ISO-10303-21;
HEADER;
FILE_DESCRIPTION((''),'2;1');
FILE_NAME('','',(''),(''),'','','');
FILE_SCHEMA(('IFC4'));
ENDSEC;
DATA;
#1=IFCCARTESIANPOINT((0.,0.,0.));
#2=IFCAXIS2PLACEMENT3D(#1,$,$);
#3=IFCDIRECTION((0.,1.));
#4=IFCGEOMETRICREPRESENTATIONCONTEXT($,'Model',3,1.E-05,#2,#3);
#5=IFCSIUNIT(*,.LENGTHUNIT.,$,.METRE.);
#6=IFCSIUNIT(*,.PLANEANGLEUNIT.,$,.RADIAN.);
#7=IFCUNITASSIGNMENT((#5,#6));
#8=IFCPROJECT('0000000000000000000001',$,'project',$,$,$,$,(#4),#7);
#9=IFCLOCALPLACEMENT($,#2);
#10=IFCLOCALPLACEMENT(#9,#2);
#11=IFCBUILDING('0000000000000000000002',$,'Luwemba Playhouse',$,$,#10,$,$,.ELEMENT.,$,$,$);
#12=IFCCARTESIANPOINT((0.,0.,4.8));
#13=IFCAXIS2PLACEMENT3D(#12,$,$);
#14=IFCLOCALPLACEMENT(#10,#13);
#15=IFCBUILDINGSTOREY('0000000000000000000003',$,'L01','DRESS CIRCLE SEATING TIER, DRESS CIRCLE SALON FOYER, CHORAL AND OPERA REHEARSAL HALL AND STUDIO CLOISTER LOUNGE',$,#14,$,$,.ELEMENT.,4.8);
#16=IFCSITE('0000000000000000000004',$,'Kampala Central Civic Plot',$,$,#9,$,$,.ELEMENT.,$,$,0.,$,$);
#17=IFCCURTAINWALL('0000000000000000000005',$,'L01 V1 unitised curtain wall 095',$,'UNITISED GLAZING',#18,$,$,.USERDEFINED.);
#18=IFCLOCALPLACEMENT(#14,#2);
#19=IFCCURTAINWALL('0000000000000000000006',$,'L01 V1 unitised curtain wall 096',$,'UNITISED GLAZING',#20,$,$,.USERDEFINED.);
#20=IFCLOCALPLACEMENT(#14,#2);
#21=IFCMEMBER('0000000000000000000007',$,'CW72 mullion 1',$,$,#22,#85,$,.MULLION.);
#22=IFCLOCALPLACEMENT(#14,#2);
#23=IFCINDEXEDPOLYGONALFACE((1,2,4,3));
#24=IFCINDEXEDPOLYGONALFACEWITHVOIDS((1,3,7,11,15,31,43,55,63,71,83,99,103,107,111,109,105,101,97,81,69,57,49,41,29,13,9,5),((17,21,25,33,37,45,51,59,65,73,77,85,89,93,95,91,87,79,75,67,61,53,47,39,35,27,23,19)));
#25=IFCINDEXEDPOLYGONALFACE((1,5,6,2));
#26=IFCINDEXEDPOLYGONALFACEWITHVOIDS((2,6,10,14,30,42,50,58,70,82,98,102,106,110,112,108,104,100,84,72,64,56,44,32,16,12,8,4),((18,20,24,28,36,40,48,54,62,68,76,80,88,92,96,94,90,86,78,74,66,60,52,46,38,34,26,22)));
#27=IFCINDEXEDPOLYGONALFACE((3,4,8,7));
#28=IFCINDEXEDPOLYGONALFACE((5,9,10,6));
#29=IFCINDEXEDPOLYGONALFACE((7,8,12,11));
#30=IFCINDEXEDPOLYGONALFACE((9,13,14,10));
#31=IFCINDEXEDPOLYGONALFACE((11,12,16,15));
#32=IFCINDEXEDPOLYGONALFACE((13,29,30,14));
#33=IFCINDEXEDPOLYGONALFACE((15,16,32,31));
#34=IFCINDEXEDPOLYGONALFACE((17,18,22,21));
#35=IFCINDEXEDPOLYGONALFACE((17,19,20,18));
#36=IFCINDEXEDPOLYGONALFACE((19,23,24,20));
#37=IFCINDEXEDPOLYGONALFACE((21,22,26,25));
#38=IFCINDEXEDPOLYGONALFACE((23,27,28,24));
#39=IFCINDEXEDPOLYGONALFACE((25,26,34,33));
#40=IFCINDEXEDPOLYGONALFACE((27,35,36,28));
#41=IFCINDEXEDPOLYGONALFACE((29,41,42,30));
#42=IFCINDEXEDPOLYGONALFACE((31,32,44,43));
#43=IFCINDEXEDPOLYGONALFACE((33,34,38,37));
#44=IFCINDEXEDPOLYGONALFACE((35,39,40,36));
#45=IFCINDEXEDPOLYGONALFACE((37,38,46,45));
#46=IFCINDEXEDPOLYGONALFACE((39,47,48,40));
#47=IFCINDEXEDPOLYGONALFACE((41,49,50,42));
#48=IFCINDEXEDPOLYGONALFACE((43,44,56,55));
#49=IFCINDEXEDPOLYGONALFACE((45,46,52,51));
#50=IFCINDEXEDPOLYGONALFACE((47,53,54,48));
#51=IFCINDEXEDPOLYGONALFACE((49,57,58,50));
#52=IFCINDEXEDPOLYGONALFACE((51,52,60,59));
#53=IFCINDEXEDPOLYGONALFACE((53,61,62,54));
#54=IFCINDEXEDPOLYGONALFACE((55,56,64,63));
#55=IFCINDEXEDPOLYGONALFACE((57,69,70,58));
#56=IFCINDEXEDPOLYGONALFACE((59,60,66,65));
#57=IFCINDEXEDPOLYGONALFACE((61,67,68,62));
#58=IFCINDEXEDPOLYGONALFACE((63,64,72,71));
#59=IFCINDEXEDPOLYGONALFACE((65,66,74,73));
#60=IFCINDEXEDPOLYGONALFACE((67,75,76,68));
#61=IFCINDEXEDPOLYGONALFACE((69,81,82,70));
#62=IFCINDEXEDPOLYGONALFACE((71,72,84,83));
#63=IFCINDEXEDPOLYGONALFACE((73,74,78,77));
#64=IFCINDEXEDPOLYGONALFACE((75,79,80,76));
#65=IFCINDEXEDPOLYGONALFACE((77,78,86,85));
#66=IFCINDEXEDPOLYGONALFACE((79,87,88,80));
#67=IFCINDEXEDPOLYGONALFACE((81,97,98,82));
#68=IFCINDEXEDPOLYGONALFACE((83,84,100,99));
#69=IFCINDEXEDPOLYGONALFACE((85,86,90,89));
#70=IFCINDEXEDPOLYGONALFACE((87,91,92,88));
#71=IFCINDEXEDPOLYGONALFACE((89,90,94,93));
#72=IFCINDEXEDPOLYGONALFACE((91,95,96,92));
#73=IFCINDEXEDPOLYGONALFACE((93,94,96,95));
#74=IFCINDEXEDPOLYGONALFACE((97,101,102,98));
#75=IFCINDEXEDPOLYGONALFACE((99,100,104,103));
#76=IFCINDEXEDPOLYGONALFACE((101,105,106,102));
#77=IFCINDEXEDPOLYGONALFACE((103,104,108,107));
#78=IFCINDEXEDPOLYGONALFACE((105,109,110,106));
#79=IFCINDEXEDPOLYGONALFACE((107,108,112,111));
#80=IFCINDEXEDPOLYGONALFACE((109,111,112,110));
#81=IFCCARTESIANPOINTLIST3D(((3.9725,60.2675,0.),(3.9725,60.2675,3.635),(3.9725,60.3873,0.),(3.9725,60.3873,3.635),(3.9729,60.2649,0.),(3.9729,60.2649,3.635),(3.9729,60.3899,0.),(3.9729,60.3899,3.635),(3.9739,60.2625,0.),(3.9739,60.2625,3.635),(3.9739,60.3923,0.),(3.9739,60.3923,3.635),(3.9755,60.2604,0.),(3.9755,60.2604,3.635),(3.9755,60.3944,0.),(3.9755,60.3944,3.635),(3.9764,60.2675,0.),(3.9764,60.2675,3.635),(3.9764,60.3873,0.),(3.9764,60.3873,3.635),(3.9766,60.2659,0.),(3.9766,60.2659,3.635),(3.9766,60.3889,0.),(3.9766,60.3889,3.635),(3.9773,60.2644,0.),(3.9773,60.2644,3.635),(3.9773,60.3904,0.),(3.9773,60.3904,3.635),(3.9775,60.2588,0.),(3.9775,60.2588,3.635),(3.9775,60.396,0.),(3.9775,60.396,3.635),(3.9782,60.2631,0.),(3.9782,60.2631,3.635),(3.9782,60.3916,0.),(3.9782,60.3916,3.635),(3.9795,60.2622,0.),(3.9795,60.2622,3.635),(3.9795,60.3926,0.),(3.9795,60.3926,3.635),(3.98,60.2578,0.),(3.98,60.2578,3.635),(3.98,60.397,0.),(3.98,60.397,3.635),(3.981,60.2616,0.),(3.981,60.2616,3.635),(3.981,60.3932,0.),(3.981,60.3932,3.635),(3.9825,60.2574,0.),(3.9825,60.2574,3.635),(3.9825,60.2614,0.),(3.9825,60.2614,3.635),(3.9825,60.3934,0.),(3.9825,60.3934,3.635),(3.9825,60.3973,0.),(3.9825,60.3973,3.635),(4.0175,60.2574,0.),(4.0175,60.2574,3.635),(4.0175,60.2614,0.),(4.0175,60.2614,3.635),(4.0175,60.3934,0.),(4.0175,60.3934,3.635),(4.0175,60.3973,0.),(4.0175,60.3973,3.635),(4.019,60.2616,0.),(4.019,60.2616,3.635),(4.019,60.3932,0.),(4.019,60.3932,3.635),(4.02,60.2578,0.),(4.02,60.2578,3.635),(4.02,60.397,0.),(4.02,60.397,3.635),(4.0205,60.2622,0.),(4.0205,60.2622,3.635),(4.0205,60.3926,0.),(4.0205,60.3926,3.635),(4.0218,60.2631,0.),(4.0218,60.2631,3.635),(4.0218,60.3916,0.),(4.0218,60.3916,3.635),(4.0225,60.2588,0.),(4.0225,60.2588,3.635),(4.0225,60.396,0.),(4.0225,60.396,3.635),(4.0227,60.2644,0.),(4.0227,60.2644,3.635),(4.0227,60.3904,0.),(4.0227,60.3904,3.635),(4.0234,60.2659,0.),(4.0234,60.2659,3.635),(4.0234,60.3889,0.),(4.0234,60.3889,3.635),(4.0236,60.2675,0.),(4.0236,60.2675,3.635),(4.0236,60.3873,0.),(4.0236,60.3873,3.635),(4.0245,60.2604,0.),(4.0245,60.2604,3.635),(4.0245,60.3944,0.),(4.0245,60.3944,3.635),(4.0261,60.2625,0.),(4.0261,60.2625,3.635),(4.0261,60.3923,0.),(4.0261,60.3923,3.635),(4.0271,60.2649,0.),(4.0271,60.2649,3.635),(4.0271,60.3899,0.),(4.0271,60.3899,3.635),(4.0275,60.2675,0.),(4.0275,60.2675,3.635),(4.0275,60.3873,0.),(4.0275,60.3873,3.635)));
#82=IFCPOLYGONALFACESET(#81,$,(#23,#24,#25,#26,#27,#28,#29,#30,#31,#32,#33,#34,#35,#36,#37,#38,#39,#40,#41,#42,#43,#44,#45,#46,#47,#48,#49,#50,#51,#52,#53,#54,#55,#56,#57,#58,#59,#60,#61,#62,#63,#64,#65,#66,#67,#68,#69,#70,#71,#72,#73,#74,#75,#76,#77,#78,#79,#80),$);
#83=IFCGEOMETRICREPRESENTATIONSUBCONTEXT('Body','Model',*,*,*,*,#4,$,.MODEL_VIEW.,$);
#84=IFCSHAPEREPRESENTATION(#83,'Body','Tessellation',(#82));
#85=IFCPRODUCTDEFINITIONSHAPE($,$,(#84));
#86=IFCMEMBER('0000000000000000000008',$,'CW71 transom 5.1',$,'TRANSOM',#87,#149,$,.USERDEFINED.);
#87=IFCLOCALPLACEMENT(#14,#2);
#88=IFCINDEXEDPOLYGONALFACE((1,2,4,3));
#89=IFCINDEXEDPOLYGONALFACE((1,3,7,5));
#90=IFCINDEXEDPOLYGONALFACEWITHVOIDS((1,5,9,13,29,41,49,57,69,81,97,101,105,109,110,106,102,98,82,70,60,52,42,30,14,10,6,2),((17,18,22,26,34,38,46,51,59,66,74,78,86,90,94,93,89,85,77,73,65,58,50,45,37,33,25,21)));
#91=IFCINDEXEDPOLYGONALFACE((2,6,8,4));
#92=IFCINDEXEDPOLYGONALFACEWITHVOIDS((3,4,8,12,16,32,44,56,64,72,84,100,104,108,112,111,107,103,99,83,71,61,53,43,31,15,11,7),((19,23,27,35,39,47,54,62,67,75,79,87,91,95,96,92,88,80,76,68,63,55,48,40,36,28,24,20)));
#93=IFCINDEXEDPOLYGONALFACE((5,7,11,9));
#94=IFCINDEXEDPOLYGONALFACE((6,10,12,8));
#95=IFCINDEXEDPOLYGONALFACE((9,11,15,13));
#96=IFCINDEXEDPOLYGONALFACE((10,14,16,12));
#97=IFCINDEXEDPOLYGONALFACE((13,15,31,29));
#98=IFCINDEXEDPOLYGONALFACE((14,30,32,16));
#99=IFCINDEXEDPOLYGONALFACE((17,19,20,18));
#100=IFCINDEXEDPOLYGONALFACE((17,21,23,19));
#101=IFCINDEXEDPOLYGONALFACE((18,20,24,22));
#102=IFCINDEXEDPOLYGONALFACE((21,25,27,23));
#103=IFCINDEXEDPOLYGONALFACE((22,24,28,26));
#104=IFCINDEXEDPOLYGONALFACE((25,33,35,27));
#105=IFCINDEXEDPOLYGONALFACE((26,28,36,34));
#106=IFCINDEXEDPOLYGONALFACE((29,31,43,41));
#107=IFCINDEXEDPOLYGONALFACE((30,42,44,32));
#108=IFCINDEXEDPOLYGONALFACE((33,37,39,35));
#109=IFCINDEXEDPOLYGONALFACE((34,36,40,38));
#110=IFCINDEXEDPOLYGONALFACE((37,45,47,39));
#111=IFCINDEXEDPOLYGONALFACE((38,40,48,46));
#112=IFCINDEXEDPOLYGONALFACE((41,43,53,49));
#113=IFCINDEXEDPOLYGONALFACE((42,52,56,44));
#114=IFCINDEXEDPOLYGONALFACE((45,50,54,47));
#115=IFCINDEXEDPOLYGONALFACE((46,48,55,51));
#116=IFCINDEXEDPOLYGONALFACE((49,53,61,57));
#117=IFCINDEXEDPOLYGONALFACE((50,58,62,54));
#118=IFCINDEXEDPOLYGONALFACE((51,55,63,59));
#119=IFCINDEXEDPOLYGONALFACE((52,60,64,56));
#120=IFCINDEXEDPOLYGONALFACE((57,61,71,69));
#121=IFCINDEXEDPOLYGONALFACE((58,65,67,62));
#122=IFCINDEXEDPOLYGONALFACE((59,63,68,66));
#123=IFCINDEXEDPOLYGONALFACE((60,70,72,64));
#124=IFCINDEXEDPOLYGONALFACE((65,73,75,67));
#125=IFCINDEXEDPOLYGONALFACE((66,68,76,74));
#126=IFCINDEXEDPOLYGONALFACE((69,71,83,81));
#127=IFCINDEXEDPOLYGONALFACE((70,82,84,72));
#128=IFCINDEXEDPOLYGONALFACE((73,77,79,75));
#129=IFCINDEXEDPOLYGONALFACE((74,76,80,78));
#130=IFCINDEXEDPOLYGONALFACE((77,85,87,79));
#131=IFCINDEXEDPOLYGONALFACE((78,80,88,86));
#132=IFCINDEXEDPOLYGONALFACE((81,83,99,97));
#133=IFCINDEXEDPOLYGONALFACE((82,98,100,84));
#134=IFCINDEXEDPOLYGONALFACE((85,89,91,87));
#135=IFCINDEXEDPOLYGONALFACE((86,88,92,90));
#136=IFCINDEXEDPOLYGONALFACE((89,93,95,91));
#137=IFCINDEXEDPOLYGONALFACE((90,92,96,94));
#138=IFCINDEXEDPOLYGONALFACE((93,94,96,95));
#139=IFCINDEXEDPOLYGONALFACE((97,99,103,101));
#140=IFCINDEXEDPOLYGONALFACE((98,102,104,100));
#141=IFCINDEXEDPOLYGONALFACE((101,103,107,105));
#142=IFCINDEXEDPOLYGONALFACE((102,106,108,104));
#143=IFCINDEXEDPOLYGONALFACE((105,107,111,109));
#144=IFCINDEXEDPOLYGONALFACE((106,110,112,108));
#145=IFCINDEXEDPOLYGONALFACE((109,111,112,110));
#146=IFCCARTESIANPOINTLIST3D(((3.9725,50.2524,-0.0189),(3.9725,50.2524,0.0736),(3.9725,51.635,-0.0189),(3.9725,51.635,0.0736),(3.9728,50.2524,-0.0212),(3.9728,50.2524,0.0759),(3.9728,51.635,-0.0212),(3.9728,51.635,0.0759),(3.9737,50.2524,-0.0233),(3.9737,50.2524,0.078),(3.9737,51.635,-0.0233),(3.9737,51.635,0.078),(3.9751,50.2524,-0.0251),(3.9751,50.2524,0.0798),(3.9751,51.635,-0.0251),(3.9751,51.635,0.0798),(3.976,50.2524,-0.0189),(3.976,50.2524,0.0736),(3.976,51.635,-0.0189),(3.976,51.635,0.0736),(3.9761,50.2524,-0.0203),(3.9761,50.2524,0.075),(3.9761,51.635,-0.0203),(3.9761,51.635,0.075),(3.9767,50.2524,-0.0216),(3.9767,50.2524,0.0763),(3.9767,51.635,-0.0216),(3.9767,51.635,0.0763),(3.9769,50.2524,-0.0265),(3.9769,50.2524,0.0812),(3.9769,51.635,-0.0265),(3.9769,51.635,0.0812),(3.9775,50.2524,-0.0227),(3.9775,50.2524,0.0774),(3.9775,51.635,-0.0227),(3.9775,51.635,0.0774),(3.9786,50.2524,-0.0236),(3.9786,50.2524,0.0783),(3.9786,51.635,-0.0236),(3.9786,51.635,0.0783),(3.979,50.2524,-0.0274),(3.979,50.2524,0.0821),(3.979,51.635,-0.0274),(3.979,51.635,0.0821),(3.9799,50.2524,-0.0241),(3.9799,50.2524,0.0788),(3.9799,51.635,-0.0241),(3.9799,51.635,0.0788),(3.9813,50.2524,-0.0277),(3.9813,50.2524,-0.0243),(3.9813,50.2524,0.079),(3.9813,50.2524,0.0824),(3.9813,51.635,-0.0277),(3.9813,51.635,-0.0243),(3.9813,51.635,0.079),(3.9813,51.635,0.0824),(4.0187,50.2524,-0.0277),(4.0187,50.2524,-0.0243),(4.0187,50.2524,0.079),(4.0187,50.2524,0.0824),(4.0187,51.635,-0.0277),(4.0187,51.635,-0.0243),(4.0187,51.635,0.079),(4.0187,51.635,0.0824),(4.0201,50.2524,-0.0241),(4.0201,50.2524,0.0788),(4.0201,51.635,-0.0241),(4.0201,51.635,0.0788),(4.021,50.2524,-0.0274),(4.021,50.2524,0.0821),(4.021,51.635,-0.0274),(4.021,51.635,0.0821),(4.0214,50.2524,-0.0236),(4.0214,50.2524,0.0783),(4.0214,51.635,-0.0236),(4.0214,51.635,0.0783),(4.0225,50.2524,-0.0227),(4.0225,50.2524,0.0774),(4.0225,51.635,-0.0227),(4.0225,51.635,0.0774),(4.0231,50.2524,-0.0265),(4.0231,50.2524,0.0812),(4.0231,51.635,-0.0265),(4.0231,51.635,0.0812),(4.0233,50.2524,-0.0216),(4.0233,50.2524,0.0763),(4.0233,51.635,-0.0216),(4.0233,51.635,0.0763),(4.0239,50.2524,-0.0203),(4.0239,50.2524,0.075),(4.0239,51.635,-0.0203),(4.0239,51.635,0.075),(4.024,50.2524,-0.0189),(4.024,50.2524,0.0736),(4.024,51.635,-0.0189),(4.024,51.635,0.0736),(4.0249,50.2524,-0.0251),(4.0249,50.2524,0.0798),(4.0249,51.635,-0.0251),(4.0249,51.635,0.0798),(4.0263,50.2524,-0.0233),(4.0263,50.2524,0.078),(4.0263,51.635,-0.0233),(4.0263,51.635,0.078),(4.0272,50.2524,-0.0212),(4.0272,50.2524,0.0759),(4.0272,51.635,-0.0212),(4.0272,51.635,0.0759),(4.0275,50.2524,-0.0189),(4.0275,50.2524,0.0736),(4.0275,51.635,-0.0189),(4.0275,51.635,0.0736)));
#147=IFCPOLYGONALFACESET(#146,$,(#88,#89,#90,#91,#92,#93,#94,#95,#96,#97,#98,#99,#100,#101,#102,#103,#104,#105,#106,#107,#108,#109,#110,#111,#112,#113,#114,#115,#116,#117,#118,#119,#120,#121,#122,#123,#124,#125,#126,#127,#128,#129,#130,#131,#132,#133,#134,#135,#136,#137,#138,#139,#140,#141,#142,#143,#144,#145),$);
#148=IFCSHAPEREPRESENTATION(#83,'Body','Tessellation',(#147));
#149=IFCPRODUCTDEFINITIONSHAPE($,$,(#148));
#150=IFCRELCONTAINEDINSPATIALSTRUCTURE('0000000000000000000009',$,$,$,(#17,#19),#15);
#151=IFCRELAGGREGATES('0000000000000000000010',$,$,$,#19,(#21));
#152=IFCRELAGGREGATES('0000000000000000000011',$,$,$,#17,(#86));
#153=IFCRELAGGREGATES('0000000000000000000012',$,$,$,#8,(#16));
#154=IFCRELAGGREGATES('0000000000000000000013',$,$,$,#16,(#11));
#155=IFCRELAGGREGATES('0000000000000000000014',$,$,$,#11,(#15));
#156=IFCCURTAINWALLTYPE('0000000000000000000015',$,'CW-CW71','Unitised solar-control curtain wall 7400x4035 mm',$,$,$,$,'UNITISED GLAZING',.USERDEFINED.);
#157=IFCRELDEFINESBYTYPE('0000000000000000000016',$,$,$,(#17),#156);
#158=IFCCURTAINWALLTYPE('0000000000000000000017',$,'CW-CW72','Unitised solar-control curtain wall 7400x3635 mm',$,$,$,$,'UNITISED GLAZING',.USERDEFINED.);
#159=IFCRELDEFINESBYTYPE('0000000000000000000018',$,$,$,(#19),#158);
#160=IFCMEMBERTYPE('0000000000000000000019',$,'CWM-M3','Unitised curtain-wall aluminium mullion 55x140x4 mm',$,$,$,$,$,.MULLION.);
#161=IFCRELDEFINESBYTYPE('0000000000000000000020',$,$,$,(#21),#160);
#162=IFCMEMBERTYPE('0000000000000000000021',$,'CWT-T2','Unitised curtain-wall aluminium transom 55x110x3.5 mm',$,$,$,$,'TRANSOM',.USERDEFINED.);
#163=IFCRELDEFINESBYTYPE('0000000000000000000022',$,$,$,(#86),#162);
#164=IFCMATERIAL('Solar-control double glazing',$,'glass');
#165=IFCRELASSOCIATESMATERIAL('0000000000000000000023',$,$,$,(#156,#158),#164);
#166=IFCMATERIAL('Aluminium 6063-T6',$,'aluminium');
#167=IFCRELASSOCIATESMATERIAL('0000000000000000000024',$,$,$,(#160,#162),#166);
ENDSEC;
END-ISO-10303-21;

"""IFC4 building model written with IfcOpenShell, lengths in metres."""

from ifc_helpers import new_model, si_unit, direction, frame, origin, origin_2d, place, context, subcontext, project, spatial, hollow_rectangle, extrude, material, material_profile, profile_set, type_object, element, aggregate, save


model = new_model("IFC4")

# Units and contexts
model_context = context("Model", 3, precision=1e-05, world=origin(), true_north=direction((0.0, 1.0)))
body_context = subcontext(model_context, "Body", "Model", "MODEL_VIEW")
ifc_project = project(units=[si_unit("LENGTHUNIT", "METRE"), si_unit("PLANEANGLEUNIT", "RADIAN")], contexts=[model_context])

# Site, building, storey
site_placement = place(None, origin())
site = spatial("IfcSite", under=ifc_project, at=site_placement, Name="Kampala Central Civic Plot", CompositionType="ELEMENT", RefElevation=0.0)
building_placement = place(site_placement, origin())
building = spatial("IfcBuilding", under=site, at=building_placement, Name="Luwemba Playhouse", CompositionType="ELEMENT")
storey_placement = place(building_placement, frame((0.0, 0.0, 4.8)))
storey = spatial("IfcBuildingStorey", under=building, at=storey_placement, Name="L01", Description="DRESS CIRCLE SEATING TIER, DRESS CIRCLE SALON FOYER, CHORAL AND OPERA REHEARSAL HALL AND STUDIO CLOISTER LOUNGE", CompositionType="ELEMENT", Elevation=4.8)

# Curtain walls, member
ifc_material_1 = material(Name="Solar-control double glazing", Category="glass")
curtain_wall_type_1 = type_object("IfcCurtainWallType", Name="CW-CW71", Description="Unitised solar-control curtain wall 7400x4035 mm", ElementType="UNITISED GLAZING", PredefinedType="USERDEFINED", material=ifc_material_1)
curtain_wall_1_placement = place(storey_placement, origin())
curtain_wall_1 = element("IfcCurtainWall", 1, at=curtain_wall_1_placement, inside=storey, type_object=curtain_wall_type_1, Name="L01 V1 unitised curtain wall 095", ObjectType="UNITISED GLAZING", PredefinedType="USERDEFINED")
ifc_material_2 = material(Name="Aluminium 6063-T6", Category="aluminium")
curtain_wall_type_2 = type_object("IfcCurtainWallType", Name="CW-CW72", Description="Unitised solar-control curtain wall 7400x3635 mm", ElementType="UNITISED GLAZING", PredefinedType="USERDEFINED", material=ifc_material_1)
curtain_wall_2_placement = place(storey_placement, origin())
curtain_wall_2 = element("IfcCurtainWall", 2, at=curtain_wall_2_placement, inside=storey, type_object=curtain_wall_type_2, Name="L01 V1 unitised curtain wall 096", ObjectType="UNITISED GLAZING", PredefinedType="USERDEFINED")
ifc_material_profile_1 = material_profile(ifc_material_2, hollow_rectangle(XDim=0.0549, YDim=0.1399, WallThickness=0.0039, InnerFilletRadius=0.0061, OuterFilletRadius=0.01, at=origin_2d()))
ifc_profile_set_1 = profile_set([ifc_material_profile_1], Name="Aluminium 6063-T6")
member_type_1 = type_object("IfcMemberType", Name="CWM-M3", Description="Unitised curtain-wall aluminium mullion 55x140x4 mm", PredefinedType="MULLION", material=ifc_profile_set_1)
member_1_placement = place(storey_placement, frame((4.0, 60.3274, 0.0), z_axis=(0.0, 0.0, 1.0), x_axis=(-1.0, 0.0, 0.0)))
member_1 = element("IfcMember", 3, at=member_1_placement, type_object=member_type_1, Name="CW72 mullion 1", PredefinedType="MULLION", context=body_context, shape_type="SweptSolid", body=[
    extrude(hollow_rectangle(XDim=0.0549, YDim=0.1399, WallThickness=0.0039, InnerFilletRadius=0.0061, OuterFilletRadius=0.01, at=origin_2d()), origin(), (0.0, 0.0, 1.0), 3.635),
])

# Member
ifc_material_profile_2 = material_profile(ifc_material_2, hollow_rectangle(XDim=0.0549, YDim=0.1101, WallThickness=0.0034, InnerFilletRadius=0.0054, OuterFilletRadius=0.0088, at=origin_2d()))
ifc_profile_set_2 = profile_set([ifc_material_profile_2], Name="Aluminium 6063-T6")
member_type_2 = type_object("IfcMemberType", Name="CWT-T2", Description="Unitised curtain-wall aluminium transom 55x110x3.5 mm", ElementType="TRANSOM", PredefinedType="USERDEFINED", material=ifc_profile_set_2)
member_2_placement = place(storey_placement, frame((4.0, 50.2524, 0.0273), z_axis=(0.0, 1.0, 0.0), x_axis=(-1.0, 0.0, 0.0)))
member_2 = element("IfcMember", 4, at=member_2_placement, type_object=member_type_2, Name="CW71 transom 5.1", ObjectType="TRANSOM", PredefinedType="USERDEFINED", context=body_context, shape_type="SweptSolid", body=[
    extrude(hollow_rectangle(XDim=0.0549, YDim=0.1101, WallThickness=0.0034, InnerFilletRadius=0.0054, OuterFilletRadius=0.0088, at=origin_2d()), origin(), (0.0, 0.0, 1.0), 1.3826),
])
aggregate(curtain_wall_2, [member_1])

aggregate(curtain_wall_1, [member_2])

save(model, "model.ifc")
